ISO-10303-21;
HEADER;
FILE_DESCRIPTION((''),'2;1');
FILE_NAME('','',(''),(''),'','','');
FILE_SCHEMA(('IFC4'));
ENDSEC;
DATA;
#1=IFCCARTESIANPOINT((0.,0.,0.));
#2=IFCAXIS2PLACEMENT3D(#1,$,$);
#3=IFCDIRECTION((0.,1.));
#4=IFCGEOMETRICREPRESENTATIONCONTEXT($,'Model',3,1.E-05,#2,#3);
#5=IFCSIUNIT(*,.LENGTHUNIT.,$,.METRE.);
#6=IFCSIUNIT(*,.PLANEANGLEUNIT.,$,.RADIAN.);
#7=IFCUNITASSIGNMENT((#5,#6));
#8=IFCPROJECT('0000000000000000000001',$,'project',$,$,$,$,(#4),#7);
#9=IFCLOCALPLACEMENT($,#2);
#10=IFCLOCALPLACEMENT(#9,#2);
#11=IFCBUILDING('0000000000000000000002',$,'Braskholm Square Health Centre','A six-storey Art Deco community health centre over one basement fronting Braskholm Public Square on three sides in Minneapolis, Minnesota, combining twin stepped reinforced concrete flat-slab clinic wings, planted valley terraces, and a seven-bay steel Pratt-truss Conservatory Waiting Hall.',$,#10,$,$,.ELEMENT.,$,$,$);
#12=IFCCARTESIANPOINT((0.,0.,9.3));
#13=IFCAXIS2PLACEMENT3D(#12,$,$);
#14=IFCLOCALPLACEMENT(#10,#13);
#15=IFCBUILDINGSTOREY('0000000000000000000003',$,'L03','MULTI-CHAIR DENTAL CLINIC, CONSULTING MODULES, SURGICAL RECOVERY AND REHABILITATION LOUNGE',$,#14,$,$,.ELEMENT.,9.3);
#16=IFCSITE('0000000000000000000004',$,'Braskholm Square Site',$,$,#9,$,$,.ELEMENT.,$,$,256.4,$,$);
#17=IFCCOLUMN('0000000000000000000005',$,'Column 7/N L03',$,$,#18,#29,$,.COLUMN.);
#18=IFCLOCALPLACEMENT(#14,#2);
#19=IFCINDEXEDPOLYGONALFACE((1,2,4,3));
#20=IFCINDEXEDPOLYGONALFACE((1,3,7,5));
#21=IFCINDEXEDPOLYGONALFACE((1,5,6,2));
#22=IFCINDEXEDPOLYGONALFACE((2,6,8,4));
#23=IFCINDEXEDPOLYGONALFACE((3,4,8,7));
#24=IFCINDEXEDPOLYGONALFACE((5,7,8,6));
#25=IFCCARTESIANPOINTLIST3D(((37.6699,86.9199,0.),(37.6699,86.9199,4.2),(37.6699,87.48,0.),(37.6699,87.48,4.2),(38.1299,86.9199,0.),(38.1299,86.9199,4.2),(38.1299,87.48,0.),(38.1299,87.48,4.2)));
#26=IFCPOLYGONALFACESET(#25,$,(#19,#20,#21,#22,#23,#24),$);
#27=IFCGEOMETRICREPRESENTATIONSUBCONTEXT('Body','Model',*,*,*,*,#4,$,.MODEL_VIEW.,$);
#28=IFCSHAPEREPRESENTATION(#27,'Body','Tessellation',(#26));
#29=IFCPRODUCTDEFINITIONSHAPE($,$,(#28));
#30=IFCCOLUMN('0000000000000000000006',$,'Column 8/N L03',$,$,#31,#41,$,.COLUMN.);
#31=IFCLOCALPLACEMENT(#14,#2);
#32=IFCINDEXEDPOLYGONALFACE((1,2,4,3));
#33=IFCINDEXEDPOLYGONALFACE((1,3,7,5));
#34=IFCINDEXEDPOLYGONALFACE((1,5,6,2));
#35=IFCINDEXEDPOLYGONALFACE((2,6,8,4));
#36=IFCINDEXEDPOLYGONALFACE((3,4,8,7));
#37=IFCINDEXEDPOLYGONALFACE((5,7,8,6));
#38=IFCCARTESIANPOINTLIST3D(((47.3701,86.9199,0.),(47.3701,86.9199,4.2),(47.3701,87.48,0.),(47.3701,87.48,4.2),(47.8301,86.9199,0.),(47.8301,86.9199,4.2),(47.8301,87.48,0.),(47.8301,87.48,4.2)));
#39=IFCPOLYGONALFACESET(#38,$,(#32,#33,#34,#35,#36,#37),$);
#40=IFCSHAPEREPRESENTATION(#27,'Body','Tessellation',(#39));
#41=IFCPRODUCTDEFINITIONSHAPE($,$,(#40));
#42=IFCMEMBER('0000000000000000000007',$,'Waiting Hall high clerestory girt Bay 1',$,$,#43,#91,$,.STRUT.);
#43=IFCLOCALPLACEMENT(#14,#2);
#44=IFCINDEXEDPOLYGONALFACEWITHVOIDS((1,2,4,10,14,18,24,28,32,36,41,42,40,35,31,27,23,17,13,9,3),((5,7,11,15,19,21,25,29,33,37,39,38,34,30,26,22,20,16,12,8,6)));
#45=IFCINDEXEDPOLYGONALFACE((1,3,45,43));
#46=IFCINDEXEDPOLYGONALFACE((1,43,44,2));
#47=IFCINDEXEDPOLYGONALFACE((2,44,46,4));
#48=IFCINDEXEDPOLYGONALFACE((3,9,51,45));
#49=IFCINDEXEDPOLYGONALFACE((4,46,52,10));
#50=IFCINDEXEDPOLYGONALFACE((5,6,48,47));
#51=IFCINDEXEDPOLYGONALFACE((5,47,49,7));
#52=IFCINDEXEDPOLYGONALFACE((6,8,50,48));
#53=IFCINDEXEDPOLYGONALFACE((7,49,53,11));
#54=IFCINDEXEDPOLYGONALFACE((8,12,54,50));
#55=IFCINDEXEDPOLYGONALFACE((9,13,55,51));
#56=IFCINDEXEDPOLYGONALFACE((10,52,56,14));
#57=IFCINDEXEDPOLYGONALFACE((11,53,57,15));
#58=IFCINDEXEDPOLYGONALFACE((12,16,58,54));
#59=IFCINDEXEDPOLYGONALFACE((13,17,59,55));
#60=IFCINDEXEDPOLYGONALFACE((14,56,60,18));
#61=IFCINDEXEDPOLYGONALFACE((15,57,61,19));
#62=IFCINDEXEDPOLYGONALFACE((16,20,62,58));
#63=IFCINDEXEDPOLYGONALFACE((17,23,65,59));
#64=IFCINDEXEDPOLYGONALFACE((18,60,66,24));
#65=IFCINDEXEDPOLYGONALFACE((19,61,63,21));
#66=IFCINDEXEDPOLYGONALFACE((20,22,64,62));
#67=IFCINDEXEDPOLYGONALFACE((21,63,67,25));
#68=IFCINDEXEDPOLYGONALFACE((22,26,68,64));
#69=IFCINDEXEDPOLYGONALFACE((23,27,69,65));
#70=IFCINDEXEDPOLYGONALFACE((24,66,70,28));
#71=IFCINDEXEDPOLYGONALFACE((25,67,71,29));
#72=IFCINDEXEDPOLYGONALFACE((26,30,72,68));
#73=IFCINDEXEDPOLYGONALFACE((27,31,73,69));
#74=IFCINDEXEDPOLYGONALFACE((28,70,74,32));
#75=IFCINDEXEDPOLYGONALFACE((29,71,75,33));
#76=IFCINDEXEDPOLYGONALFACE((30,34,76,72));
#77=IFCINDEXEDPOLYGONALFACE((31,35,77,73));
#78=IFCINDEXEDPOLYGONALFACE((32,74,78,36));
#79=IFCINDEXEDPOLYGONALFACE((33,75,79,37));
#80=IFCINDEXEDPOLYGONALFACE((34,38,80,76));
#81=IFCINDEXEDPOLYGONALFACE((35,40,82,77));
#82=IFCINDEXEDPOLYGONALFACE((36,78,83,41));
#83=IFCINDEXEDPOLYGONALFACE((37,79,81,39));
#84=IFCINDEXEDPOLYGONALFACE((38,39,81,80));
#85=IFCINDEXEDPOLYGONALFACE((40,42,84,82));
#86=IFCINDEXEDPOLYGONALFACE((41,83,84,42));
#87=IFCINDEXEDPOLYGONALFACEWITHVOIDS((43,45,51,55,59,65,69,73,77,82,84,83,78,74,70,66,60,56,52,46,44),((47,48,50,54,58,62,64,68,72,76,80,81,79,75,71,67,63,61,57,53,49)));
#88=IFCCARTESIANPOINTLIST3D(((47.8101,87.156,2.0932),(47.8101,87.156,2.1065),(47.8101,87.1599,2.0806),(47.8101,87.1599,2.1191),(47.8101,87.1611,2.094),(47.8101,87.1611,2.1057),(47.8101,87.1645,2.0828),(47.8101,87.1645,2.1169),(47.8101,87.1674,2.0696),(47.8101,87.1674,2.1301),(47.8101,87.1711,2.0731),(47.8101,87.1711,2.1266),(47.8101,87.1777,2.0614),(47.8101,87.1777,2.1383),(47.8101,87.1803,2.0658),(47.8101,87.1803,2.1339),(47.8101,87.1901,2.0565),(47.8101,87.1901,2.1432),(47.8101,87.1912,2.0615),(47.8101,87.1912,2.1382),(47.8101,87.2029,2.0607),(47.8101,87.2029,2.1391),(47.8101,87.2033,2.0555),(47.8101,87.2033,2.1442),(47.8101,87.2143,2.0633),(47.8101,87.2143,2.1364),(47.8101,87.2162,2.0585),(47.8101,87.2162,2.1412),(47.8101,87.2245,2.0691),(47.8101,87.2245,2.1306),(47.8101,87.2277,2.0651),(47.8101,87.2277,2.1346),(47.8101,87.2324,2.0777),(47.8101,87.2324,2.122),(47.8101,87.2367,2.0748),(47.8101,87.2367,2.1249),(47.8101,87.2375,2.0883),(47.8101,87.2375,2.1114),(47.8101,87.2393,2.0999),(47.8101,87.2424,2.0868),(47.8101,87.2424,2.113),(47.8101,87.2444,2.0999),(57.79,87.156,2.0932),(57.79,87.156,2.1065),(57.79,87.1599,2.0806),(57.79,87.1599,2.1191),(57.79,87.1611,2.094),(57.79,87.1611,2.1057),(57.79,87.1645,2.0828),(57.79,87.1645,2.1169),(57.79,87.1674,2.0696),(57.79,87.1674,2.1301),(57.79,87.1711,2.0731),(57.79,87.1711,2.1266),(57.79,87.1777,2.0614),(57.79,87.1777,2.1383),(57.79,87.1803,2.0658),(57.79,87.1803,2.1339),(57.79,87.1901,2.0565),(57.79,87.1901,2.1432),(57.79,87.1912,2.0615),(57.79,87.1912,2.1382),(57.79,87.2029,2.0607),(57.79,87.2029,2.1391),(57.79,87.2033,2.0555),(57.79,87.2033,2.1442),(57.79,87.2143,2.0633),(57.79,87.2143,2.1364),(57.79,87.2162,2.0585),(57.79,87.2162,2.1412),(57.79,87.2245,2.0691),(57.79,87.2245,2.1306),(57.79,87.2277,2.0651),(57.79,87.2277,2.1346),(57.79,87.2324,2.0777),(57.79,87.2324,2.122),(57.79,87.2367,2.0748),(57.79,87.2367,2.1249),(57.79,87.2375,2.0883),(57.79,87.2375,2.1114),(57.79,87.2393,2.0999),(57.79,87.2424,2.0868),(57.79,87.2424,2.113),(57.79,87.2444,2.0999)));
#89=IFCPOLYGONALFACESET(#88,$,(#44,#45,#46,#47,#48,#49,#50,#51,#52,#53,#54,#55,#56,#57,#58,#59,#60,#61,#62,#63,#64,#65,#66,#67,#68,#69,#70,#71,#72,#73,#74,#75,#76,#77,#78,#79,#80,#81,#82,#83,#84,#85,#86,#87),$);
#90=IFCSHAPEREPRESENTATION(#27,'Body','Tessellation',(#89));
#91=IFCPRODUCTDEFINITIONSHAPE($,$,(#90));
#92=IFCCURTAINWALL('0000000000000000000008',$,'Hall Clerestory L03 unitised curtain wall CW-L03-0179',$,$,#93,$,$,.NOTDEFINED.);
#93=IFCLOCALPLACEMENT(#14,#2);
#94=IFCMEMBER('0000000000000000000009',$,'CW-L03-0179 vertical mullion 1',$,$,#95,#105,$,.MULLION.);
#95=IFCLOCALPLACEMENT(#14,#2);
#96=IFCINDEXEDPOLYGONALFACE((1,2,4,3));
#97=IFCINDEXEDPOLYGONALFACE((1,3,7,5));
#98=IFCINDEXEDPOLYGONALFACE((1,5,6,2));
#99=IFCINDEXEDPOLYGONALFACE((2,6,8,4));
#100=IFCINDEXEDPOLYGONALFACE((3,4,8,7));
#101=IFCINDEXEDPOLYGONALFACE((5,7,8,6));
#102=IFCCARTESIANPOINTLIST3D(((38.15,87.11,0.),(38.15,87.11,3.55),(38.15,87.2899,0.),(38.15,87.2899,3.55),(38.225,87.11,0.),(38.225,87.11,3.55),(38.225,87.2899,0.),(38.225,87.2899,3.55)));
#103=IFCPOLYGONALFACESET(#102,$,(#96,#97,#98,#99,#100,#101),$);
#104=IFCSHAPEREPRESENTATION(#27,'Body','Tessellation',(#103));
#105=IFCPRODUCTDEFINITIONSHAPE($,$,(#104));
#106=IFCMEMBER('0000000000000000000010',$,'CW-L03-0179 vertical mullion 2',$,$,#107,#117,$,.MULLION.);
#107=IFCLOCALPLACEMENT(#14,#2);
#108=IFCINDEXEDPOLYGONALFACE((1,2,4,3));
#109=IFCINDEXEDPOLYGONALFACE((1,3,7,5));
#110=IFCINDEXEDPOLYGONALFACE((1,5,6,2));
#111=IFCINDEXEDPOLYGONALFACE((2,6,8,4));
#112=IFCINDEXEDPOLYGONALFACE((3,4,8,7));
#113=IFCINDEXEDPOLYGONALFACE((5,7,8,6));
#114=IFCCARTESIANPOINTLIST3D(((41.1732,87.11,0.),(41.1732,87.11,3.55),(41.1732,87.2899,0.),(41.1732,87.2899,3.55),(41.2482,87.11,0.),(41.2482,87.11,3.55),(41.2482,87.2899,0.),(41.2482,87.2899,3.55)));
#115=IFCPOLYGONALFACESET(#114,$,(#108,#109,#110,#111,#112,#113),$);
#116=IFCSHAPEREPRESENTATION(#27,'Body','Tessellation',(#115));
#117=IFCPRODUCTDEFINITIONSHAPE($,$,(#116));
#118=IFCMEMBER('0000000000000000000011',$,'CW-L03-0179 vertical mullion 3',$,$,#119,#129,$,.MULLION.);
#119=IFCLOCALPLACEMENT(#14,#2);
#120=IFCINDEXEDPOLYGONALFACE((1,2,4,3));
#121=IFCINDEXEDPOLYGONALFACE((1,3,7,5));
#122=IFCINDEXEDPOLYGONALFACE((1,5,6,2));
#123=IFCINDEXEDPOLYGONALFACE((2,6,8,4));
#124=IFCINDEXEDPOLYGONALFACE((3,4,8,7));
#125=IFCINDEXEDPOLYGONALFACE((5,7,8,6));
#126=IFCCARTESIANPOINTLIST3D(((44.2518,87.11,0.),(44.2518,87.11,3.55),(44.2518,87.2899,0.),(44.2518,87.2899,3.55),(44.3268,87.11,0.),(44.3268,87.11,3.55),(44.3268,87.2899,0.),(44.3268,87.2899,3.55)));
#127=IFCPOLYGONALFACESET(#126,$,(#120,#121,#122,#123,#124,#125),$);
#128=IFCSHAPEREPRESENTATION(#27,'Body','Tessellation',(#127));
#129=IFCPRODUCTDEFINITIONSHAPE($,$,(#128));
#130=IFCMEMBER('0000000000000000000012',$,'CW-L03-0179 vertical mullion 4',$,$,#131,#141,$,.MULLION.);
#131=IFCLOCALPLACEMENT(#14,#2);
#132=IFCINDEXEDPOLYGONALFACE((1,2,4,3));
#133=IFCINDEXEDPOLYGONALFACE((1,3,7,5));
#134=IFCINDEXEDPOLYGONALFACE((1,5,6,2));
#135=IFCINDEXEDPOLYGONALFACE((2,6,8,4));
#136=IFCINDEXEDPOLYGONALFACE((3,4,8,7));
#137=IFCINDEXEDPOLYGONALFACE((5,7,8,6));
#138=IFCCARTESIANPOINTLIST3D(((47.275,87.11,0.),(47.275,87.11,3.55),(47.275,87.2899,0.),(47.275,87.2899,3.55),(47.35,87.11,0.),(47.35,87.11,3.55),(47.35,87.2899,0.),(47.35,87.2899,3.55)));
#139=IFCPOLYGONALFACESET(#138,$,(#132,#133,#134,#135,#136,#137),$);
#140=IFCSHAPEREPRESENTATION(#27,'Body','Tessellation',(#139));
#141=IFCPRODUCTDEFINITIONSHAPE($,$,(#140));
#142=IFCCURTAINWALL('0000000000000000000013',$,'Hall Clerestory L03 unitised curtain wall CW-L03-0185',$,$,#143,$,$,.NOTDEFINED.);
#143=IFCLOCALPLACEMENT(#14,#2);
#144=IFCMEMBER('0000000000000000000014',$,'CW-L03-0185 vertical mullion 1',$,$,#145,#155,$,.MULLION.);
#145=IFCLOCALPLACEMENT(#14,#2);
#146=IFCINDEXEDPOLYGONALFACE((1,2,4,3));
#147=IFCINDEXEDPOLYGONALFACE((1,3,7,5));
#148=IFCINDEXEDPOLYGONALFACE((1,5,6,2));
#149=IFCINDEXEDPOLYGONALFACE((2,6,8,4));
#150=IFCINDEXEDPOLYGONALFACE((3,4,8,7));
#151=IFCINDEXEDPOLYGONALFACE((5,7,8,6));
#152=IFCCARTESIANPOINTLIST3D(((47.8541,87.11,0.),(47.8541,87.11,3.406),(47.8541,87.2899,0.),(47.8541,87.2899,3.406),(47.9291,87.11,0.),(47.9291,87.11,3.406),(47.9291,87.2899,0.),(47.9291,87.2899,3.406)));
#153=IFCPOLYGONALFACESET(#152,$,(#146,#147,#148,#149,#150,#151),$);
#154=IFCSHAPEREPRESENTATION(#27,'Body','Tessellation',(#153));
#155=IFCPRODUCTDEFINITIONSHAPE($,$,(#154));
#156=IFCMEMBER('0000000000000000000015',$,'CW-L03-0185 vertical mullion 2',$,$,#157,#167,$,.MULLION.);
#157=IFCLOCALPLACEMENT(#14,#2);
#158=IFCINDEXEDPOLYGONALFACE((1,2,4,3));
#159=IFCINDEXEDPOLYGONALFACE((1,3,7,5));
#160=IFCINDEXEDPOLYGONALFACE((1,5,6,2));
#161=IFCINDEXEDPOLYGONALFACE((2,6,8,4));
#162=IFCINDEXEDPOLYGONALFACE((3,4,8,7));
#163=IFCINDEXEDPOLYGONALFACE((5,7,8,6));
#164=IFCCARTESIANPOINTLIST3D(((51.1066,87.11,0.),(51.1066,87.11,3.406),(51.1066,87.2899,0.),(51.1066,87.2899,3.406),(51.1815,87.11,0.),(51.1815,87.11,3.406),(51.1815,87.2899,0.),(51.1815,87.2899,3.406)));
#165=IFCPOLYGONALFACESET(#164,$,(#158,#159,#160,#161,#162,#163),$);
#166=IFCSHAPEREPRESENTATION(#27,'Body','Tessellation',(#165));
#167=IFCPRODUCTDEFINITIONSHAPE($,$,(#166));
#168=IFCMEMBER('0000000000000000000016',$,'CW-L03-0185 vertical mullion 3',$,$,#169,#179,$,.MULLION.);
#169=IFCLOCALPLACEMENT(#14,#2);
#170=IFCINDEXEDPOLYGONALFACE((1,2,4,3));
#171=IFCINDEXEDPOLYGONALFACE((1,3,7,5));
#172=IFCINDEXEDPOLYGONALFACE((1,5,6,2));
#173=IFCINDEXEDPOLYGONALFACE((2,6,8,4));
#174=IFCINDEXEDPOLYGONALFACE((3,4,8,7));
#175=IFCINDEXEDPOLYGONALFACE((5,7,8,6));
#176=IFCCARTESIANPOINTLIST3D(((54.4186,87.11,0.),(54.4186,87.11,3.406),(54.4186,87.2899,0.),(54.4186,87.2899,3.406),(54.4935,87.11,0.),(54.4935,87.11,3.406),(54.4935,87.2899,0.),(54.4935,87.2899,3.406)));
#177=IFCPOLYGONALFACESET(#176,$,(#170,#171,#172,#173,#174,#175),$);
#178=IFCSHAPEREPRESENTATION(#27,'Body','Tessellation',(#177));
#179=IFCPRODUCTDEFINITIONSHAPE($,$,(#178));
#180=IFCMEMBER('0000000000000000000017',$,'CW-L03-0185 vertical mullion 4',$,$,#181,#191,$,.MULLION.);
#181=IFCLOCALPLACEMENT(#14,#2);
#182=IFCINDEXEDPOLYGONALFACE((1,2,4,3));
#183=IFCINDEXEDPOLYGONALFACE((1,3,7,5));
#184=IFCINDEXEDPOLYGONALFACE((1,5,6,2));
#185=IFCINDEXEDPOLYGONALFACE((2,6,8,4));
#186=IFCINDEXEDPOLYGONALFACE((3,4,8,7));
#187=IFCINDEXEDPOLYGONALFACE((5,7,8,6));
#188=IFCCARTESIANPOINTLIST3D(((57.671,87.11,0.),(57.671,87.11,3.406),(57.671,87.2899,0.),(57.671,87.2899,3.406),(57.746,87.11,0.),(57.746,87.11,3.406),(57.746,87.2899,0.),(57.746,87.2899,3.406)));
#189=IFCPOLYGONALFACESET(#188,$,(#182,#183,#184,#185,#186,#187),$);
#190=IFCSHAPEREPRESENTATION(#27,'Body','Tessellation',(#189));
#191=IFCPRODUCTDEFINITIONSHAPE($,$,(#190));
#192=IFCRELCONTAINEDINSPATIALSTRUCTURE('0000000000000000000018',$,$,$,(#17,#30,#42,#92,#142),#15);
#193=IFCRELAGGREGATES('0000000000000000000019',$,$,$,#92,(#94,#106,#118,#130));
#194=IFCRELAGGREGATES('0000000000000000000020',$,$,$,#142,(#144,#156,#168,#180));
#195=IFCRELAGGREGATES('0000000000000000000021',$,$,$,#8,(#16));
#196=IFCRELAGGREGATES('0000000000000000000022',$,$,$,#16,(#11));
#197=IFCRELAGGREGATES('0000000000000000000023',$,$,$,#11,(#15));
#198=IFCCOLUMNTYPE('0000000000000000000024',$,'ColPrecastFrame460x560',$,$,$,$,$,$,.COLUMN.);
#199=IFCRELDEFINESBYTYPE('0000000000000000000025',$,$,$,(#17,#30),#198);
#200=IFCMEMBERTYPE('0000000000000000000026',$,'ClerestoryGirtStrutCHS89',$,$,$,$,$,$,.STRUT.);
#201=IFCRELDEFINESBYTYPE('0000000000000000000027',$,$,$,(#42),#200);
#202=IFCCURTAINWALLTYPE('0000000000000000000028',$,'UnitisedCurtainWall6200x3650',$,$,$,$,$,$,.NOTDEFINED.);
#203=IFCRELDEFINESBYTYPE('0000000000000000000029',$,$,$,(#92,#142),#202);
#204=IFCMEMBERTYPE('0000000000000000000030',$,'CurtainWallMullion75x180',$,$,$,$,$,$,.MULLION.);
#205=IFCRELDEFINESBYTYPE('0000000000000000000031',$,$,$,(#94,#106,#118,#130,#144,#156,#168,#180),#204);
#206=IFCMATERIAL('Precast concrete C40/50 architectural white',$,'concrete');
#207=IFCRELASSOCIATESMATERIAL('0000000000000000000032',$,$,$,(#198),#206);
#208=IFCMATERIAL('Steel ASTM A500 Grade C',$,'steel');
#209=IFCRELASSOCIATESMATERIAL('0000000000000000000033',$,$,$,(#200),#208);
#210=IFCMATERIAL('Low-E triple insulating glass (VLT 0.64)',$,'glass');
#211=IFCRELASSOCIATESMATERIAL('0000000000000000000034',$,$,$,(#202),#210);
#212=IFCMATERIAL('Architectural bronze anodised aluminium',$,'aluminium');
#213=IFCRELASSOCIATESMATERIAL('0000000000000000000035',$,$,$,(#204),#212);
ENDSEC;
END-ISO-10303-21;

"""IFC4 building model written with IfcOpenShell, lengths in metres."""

from ifc_helpers import new_model, si_unit, direction, frame, origin, origin_2d, place, context, subcontext, project, spatial, rectangle, hollow_circle, extrude, material, material_profile, profile_set, type_object, element, aggregate, save


model = new_model("IFC4")

# Units and contexts
model_context = context("Model", 3, precision=1e-05, world=origin(), true_north=direction((0.0, 1.0)))
body_context = subcontext(model_context, "Body", "Model", "MODEL_VIEW")
ifc_project = project(units=[si_unit("LENGTHUNIT", "METRE"), si_unit("PLANEANGLEUNIT", "RADIAN")], contexts=[model_context])

# Site, building, storey
site_placement = place(None, origin())
site = spatial("IfcSite", under=ifc_project, at=site_placement, Name="Braskholm Square Site", CompositionType="ELEMENT", RefElevation=256.4)
building_placement = place(site_placement, origin())
building = spatial("IfcBuilding", under=site, at=building_placement, Name="Braskholm Square Health Centre", Description="A six-storey Art Deco community health centre over one basement fronting Braskholm Public Square on three sides in Minneapolis, Minnesota, combining twin stepped reinforced concrete flat-slab clinic wings, planted valley terraces, and a seven-bay steel Pratt-truss Conservatory Waiting Hall.", CompositionType="ELEMENT")
storey_placement = place(building_placement, frame((0.0, 0.0, 9.3)))
storey = spatial("IfcBuildingStorey", under=building, at=storey_placement, Name="L03", Description="MULTI-CHAIR DENTAL CLINIC, CONSULTING MODULES, SURGICAL RECOVERY AND REHABILITATION LOUNGE", CompositionType="ELEMENT", Elevation=9.3)

# Columns
ifc_material_1 = material(Name="Precast concrete C40/50 architectural white", Category="concrete")
ifc_material_profile_1 = material_profile(ifc_material_1, rectangle(XDim=0.46, YDim=0.5601, at=origin_2d()), Name="RC-460X560")
ifc_profile_set_1 = profile_set([ifc_material_profile_1], Name="Precast concrete C40/50 architectural white")
column_type = type_object("IfcColumnType", Name="ColPrecastFrame460x560", PredefinedType="COLUMN", material=ifc_profile_set_1)
for number, where, z_axis, x_axis, name in (
    (1, (37.8999, 87.2, 0.0), (0.0, 0.0, 1.0), (1.0, 0.0, 0.0), "Column 7/N L03"),
    (2, (47.6001, 87.2, 0.0), (0.0, 0.0, 1.0), (1.0, 0.0, 0.0), "Column 8/N L03"),
):
    element("IfcColumn", number, at=place(storey_placement, frame(where, z_axis=z_axis, x_axis=x_axis)), inside=storey, type_object=column_type, Name=name, PredefinedType="COLUMN", context=body_context, shape_type="SweptSolid", body=[
        extrude(rectangle(XDim=0.46, YDim=0.5601, at=origin_2d()), origin(), (0.0, 0.0, 1.0), 4.2),
    ])

# Member
ifc_material_2 = material(Name="Steel ASTM A500 Grade C", Category="steel")
ifc_material_profile_2 = material_profile(ifc_material_2, hollow_circle(Radius=0.0444, WallThickness=0.0051, at=origin_2d()), Name="HSS3.500X0.216")
ifc_profile_set_2 = profile_set([ifc_material_profile_2], Name="Steel ASTM A500 Grade C")
member_type_1 = type_object("IfcMemberType", Name="ClerestoryGirtStrutCHS89", PredefinedType="STRUT", material=ifc_profile_set_2)
member_1_placement = place(storey_placement, frame((47.8101, 87.2, 2.0999), z_axis=(1.0, 0.0, 0.0), x_axis=(0.0, 1.0, 0.0)))
element("IfcMember", 3, at=member_1_placement, inside=storey, type_object=member_type_1, Name="Waiting Hall high clerestory girt Bay 1", PredefinedType="STRUT", context=body_context, shape_type="SweptSolid", body=[
    extrude(hollow_circle(Radius=0.0444, WallThickness=0.0051, at=origin_2d()), origin(), (0.0, 0.0, 1.0), 9.98),
])

# Curtain walls, members
ifc_material_3 = material(Name="Low-E triple insulating glass (VLT 0.64)", Category="glass")
curtain_wall_type = type_object("IfcCurtainWallType", Name="UnitisedCurtainWall6200x3650", PredefinedType="NOTDEFINED", material=ifc_material_3)
curtain_wall_1_placement = place(storey_placement, origin())
curtain_wall_1 = element("IfcCurtainWall", 4, at=curtain_wall_1_placement, inside=storey, type_object=curtain_wall_type, Name="Hall Clerestory L03 unitised curtain wall CW-L03-0179", PredefinedType="NOTDEFINED")
ifc_material_4 = material(Name="Architectural bronze anodised aluminium", Category="aluminium")
ifc_material_profile_3 = material_profile(ifc_material_4, rectangle(XDim=0.075, YDim=0.1799, at=origin_2d()), Name="ALU-75X180")
ifc_profile_set_3 = profile_set([ifc_material_profile_3], Name="Architectural bronze anodised aluminium")
member_type_2 = type_object("IfcMemberType", Name="CurtainWallMullion75x180", PredefinedType="MULLION", material=ifc_profile_set_3)
member_2_placement = place(storey_placement, frame((38.1875, 87.2, 0.0), z_axis=(0.0, 0.0, 1.0), x_axis=(1.0, 0.0, 0.0)))
member_2 = element("IfcMember", 5, at=member_2_placement, type_object=member_type_2, Name="CW-L03-0179 vertical mullion 1", PredefinedType="MULLION", context=body_context, shape_type="SweptSolid", body=[
    extrude(rectangle(XDim=0.075, YDim=0.1799, at=origin_2d()), origin(), (0.0, 0.0, 1.0), 3.55),
])
member_3_placement = place(storey_placement, frame((41.2107, 87.2, 0.0), z_axis=(0.0, 0.0, 1.0), x_axis=(1.0, 0.0, 0.0)))
member_3 = element("IfcMember", 6, at=member_3_placement, type_object=member_type_2, Name="CW-L03-0179 vertical mullion 2", PredefinedType="MULLION", context=body_context, shape_type="SweptSolid", body=[
    extrude(rectangle(XDim=0.075, YDim=0.1799, at=origin_2d()), origin(), (0.0, 0.0, 1.0), 3.55),
])
member_4_placement = place(storey_placement, frame((44.2893, 87.2, 0.0), z_axis=(0.0, 0.0, 1.0), x_axis=(1.0, 0.0, 0.0)))
member_4 = element("IfcMember", 7, at=member_4_placement, type_object=member_type_2, Name="CW-L03-0179 vertical mullion 3", PredefinedType="MULLION", context=body_context, shape_type="SweptSolid", body=[
    extrude(rectangle(XDim=0.075, YDim=0.1799, at=origin_2d()), origin(), (0.0, 0.0, 1.0), 3.55),
])
member_5_placement = place(storey_placement, frame((47.3125, 87.2, 0.0), z_axis=(0.0, 0.0, 1.0), x_axis=(1.0, 0.0, 0.0)))
member_5 = element("IfcMember", 8, at=member_5_placement, type_object=member_type_2, Name="CW-L03-0179 vertical mullion 4", PredefinedType="MULLION", context=body_context, shape_type="SweptSolid", body=[
    extrude(rectangle(XDim=0.075, YDim=0.1799, at=origin_2d()), origin(), (0.0, 0.0, 1.0), 3.55),
])
curtain_wall_2_placement = place(storey_placement, origin())
curtain_wall_2 = element("IfcCurtainWall", 9, at=curtain_wall_2_placement, inside=storey, type_object=curtain_wall_type, Name="Hall Clerestory L03 unitised curtain wall CW-L03-0185", PredefinedType="NOTDEFINED")
member_6_placement = place(storey_placement, frame((47.8916, 87.2, 0.0), z_axis=(0.0, 0.0, 1.0), x_axis=(1.0, 0.0, 0.0)))
member_6 = element("IfcMember", 10, at=member_6_placement, type_object=member_type_2, Name="CW-L03-0185 vertical mullion 1", PredefinedType="MULLION", context=body_context, shape_type="SweptSolid", body=[
    extrude(rectangle(XDim=0.075, YDim=0.1799, at=origin_2d()), origin(), (0.0, 0.0, 1.0), 3.406),
])
member_7_placement = place(storey_placement, frame((51.144, 87.2, 0.0), z_axis=(0.0, 0.0, 1.0), x_axis=(1.0, 0.0, 0.0)))
member_7 = element("IfcMember", 11, at=member_7_placement, type_object=member_type_2, Name="CW-L03-0185 vertical mullion 2", PredefinedType="MULLION", context=body_context, shape_type="SweptSolid", body=[
    extrude(rectangle(XDim=0.075, YDim=0.1799, at=origin_2d()), origin(), (0.0, 0.0, 1.0), 3.406),
])
member_8_placement = place(storey_placement, frame((54.4561, 87.2, 0.0), z_axis=(0.0, 0.0, 1.0), x_axis=(1.0, 0.0, 0.0)))
member_8 = element("IfcMember", 12, at=member_8_placement, type_object=member_type_2, Name="CW-L03-0185 vertical mullion 3", PredefinedType="MULLION", context=body_context, shape_type="SweptSolid", body=[
    extrude(rectangle(XDim=0.075, YDim=0.1799, at=origin_2d()), origin(), (0.0, 0.0, 1.0), 3.406),
])
member_9_placement = place(storey_placement, frame((57.7085, 87.2, 0.0), z_axis=(0.0, 0.0, 1.0), x_axis=(1.0, 0.0, 0.0)))
member_9 = element("IfcMember", 13, at=member_9_placement, type_object=member_type_2, Name="CW-L03-0185 vertical mullion 4", PredefinedType="MULLION", context=body_context, shape_type="SweptSolid", body=[
    extrude(rectangle(XDim=0.075, YDim=0.1799, at=origin_2d()), origin(), (0.0, 0.0, 1.0), 3.406),
])

aggregate(curtain_wall_1, [member_2, member_3, member_4, member_5])
aggregate(curtain_wall_2, [member_6, member_7, member_8, member_9])

save(model, "model.ifc")
